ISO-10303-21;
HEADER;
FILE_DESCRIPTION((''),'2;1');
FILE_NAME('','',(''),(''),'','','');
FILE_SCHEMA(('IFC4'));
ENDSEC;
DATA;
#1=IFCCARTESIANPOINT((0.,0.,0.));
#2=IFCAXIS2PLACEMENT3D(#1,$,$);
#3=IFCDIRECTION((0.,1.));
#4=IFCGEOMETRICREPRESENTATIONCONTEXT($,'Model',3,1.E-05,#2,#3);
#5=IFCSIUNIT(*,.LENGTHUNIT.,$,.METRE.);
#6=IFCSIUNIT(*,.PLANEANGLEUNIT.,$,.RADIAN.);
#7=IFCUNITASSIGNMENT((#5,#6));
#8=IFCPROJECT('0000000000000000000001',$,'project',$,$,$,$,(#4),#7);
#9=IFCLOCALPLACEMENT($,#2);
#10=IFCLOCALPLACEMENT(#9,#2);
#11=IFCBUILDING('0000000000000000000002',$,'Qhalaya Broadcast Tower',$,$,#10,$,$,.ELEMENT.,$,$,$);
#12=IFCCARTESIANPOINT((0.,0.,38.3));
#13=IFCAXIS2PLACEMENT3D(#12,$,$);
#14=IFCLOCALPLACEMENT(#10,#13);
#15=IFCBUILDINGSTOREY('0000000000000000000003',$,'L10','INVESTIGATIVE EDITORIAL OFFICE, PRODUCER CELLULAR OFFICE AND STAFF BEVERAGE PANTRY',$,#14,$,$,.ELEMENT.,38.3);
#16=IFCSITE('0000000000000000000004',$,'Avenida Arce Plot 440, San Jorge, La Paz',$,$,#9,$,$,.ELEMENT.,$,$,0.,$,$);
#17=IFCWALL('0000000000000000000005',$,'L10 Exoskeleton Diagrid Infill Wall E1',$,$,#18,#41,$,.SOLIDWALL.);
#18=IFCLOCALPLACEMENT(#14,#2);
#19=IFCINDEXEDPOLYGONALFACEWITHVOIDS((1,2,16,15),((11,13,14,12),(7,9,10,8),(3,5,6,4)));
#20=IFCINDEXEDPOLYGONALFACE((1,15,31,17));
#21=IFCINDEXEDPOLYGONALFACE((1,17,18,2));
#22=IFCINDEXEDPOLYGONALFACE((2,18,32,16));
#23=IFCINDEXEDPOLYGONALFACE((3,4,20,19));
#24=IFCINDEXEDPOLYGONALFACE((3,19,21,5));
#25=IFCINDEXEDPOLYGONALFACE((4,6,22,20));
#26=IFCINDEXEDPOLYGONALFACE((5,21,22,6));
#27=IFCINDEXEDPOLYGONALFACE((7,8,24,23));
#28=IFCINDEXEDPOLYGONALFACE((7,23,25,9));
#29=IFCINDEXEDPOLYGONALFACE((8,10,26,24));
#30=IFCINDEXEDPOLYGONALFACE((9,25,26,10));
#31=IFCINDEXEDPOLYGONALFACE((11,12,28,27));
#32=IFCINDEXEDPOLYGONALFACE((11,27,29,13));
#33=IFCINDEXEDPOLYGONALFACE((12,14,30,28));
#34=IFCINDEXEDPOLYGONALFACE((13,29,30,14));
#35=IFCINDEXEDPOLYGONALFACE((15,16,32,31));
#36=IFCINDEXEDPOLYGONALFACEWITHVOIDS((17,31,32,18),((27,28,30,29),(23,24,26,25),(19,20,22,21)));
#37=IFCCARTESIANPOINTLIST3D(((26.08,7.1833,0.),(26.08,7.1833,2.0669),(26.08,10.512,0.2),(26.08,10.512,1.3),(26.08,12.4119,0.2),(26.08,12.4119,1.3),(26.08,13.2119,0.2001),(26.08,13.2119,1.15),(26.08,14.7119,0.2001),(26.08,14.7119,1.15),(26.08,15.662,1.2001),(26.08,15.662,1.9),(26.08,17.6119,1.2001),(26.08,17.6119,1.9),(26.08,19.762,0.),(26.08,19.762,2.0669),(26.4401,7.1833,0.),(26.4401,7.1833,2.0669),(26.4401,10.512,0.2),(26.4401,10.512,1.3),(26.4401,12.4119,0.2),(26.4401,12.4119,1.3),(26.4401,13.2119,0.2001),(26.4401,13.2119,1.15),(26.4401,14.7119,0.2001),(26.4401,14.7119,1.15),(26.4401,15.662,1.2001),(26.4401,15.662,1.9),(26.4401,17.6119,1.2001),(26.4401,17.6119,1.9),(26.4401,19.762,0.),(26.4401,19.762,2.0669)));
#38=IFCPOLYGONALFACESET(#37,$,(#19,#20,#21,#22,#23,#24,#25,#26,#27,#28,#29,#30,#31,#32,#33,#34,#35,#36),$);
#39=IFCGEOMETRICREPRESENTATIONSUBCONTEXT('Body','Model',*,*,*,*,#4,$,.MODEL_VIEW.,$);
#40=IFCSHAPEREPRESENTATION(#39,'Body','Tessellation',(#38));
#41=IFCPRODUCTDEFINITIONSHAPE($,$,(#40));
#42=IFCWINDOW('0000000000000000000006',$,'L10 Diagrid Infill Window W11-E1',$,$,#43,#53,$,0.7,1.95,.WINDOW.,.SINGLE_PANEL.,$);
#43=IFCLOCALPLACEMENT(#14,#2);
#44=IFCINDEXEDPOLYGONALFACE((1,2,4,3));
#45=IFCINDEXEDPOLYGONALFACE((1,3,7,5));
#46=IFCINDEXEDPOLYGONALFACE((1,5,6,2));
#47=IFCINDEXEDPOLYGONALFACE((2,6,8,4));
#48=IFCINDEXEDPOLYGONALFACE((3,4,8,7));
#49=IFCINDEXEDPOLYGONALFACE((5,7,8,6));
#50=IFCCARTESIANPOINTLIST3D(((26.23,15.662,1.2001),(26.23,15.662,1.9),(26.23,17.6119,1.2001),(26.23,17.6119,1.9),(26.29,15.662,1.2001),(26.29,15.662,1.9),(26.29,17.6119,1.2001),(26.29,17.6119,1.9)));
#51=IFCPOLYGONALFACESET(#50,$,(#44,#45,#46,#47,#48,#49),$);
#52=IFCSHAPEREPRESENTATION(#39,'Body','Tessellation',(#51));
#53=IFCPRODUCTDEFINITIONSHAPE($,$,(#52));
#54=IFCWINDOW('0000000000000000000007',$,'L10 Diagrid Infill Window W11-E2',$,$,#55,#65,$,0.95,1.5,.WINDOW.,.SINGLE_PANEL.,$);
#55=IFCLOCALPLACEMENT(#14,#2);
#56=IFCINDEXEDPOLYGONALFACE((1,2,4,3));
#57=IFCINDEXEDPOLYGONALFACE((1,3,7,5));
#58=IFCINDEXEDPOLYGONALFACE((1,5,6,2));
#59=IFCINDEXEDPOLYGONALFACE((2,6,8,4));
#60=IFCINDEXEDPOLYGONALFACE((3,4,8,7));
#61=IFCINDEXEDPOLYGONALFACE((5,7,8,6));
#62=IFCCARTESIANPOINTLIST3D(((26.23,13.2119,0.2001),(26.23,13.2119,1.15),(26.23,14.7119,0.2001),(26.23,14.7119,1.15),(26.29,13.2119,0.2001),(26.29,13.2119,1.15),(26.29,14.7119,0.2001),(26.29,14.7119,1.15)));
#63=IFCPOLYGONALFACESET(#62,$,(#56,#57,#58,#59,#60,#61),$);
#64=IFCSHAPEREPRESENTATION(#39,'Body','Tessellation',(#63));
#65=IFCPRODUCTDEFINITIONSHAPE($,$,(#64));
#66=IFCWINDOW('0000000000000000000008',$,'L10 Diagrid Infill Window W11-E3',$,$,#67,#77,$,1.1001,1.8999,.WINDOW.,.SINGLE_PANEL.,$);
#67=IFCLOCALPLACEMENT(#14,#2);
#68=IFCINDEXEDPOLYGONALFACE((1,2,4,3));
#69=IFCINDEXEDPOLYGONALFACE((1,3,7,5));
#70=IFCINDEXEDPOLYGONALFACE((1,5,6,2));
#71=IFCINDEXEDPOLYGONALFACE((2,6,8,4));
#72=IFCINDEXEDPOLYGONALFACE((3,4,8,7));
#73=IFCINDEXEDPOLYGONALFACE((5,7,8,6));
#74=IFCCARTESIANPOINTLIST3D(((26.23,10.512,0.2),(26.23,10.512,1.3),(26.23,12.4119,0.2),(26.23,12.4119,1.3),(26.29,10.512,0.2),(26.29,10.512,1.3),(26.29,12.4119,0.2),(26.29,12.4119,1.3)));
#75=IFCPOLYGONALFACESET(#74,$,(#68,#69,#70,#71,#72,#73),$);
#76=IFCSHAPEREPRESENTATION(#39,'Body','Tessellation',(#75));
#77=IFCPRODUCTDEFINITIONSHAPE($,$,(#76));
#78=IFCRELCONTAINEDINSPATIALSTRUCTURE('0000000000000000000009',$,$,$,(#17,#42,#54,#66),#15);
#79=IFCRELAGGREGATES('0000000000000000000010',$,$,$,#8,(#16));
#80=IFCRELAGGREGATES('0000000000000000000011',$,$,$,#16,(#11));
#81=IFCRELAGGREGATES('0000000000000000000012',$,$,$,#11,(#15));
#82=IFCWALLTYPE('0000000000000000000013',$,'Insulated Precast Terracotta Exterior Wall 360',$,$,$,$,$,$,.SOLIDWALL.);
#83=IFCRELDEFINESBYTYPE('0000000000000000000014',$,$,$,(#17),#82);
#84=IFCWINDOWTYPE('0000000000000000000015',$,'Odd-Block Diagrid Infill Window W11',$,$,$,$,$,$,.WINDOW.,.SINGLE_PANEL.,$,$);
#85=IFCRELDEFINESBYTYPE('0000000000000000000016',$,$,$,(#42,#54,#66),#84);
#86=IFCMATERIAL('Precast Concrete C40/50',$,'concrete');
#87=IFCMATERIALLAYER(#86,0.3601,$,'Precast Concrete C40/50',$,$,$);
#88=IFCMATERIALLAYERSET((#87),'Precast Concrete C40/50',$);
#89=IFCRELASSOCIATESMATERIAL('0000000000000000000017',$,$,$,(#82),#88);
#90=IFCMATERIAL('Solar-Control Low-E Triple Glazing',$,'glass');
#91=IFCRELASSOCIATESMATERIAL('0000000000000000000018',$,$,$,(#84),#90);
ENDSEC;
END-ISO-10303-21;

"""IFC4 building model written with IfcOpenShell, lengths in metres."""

from ifc_helpers import new_model, si_unit, direction, frame, frame_2d, origin, place, context, subcontext, project, spatial, rectangle, extrude, material, layer, layer_set, type_object, element, fill, save


model = new_model("IFC4")

# Units and contexts
model_context = context("Model", 3, precision=1e-05, world=origin(), true_north=direction((0.0, 1.0)))
body_context = subcontext(model_context, "Body", "Model", "MODEL_VIEW")
ifc_project = project(units=[si_unit("LENGTHUNIT", "METRE"), si_unit("PLANEANGLEUNIT", "RADIAN")], contexts=[model_context])

# Site, building, storey
site_placement = place(None, origin())
site = spatial("IfcSite", under=ifc_project, at=site_placement, Name="Avenida Arce Plot 440, San Jorge, La Paz", CompositionType="ELEMENT", RefElevation=0.0)
building_placement = place(site_placement, origin())
building = spatial("IfcBuilding", under=site, at=building_placement, Name="Qhalaya Broadcast Tower", CompositionType="ELEMENT")
storey_placement = place(building_placement, frame((0.0, 0.0, 38.3)))
storey = spatial("IfcBuildingStorey", under=building, at=storey_placement, Name="L10", Description="INVESTIGATIVE EDITORIAL OFFICE, PRODUCER CELLULAR OFFICE AND STAFF BEVERAGE PANTRY", CompositionType="ELEMENT", Elevation=38.3)

# Wall, openings, windows
ifc_material_1 = material(Name="Precast Concrete C40/50", Category="concrete")
ifc_layer_1 = layer(ifc_material_1, 0.3601, Name="Precast Concrete C40/50")
ifc_layer_set_1 = layer_set([ifc_layer_1], Name="Precast Concrete C40/50")
wall_type = type_object("IfcWallType", Name="Insulated Precast Terracotta Exterior Wall 360", PredefinedType="SOLIDWALL", material=ifc_layer_set_1)
wall_placement = place(storey_placement, frame((26.26, 19.762, 0.0), z_axis=(0.0, 0.0, 1.0), x_axis=(0.0, -1.0, 0.0)))
wall = element("IfcWall", 1, at=wall_placement, inside=storey, type_object=wall_type, Name="L10 Exoskeleton Diagrid Infill Wall E1", PredefinedType="SOLIDWALL", context=body_context, shape_type="SweptSolid", body=[
    extrude(rectangle(XDim=12.5786, YDim=0.3601, at=frame_2d((6.2893, 0.0))), origin(), (0.0, 0.0, 1.0), 2.0669),
])
opening_1_placement = place(wall_placement, frame((2.1499, 0.0, 1.2)))
opening_1 = element("IfcOpeningElement", 2, at=opening_1_placement, cuts=wall, PredefinedType="OPENING", context=body_context, shape_type="SweptSolid", body=[
    extrude(rectangle(XDim=1.95, YDim=0.7, at=frame_2d((0.9751, 0.3501))), frame((0.0, 0.1921, 0.0), z_axis=(0.0, -1.0, 0.0), x_axis=(1.0, 0.0, 0.0)), (0.0, 0.0, 1.0), 0.384),
])
opening_2_placement = place(wall_placement, frame((5.05, 0.0, 0.2)))
opening_2 = element("IfcOpeningElement", 3, at=opening_2_placement, cuts=wall, PredefinedType="OPENING", context=body_context, shape_type="SweptSolid", body=[
    extrude(rectangle(XDim=1.5, YDim=0.95, at=frame_2d((0.75, 0.4751))), frame((0.0, 0.1921, 0.0), z_axis=(0.0, -1.0, 0.0), x_axis=(1.0, 0.0, 0.0)), (0.0, 0.0, 1.0), 0.384),
])
opening_3_placement = place(wall_placement, frame((7.3501, 0.0, 0.2)))
opening_3 = element("IfcOpeningElement", 4, at=opening_3_placement, cuts=wall, PredefinedType="OPENING", context=body_context, shape_type="SweptSolid", body=[
    extrude(rectangle(XDim=1.8999, YDim=1.1001, at=frame_2d((0.95, 0.55))), frame((0.0, 0.1921, 0.0), z_axis=(0.0, -1.0, 0.0), x_axis=(1.0, 0.0, 0.0)), (0.0, 0.0, 1.0), 0.384),
])
ifc_material_2 = material(Name="Solar-Control Low-E Triple Glazing", Category="glass")
window_type = type_object("IfcWindowType", Name="Odd-Block Diagrid Infill Window W11", PartitioningType="SINGLE_PANEL", PredefinedType="WINDOW", material=ifc_material_2)
window_1_placement = place(opening_1_placement, origin())
window_1 = element("IfcWindow", 5, at=window_1_placement, inside=storey, type_object=window_type, Name="L10 Diagrid Infill Window W11-E1", OverallHeight=0.7, OverallWidth=1.95, PartitioningType="SINGLE_PANEL", PredefinedType="WINDOW", context=body_context, shape_type="SweptSolid", body=[
    extrude(rectangle(XDim=1.95, YDim=0.7, at=frame_2d((0.9751, 0.3501))), frame((0.0, 0.03, 0.0), z_axis=(0.0, -1.0, 0.0), x_axis=(1.0, 0.0, 0.0)), (0.0, 0.0, 1.0), 0.0601),
])
fill(opening_1, window_1)
window_2_placement = place(opening_2_placement, origin())
window_2 = element("IfcWindow", 6, at=window_2_placement, inside=storey, type_object=window_type, Name="L10 Diagrid Infill Window W11-E2", OverallHeight=0.95, OverallWidth=1.5, PartitioningType="SINGLE_PANEL", PredefinedType="WINDOW", context=body_context, shape_type="SweptSolid", body=[
    extrude(rectangle(XDim=1.5, YDim=0.95, at=frame_2d((0.75, 0.4751))), frame((0.0, 0.03, 0.0), z_axis=(0.0, -1.0, 0.0), x_axis=(1.0, 0.0, 0.0)), (0.0, 0.0, 1.0), 0.0601),
])
fill(opening_2, window_2)
window_3_placement = place(opening_3_placement, origin())
window_3 = element("IfcWindow", 7, at=window_3_placement, inside=storey, type_object=window_type, Name="L10 Diagrid Infill Window W11-E3", OverallHeight=1.1001, OverallWidth=1.8999, PartitioningType="SINGLE_PANEL", PredefinedType="WINDOW", context=body_context, shape_type="SweptSolid", body=[
    extrude(rectangle(XDim=1.8999, YDim=1.1001, at=frame_2d((0.95, 0.55))), frame((0.0, 0.03, 0.0), z_axis=(0.0, -1.0, 0.0), x_axis=(1.0, 0.0, 0.0)), (0.0, 0.0, 1.0), 0.0601),
])
fill(opening_3, window_3)

save(model, "model.ifc")
